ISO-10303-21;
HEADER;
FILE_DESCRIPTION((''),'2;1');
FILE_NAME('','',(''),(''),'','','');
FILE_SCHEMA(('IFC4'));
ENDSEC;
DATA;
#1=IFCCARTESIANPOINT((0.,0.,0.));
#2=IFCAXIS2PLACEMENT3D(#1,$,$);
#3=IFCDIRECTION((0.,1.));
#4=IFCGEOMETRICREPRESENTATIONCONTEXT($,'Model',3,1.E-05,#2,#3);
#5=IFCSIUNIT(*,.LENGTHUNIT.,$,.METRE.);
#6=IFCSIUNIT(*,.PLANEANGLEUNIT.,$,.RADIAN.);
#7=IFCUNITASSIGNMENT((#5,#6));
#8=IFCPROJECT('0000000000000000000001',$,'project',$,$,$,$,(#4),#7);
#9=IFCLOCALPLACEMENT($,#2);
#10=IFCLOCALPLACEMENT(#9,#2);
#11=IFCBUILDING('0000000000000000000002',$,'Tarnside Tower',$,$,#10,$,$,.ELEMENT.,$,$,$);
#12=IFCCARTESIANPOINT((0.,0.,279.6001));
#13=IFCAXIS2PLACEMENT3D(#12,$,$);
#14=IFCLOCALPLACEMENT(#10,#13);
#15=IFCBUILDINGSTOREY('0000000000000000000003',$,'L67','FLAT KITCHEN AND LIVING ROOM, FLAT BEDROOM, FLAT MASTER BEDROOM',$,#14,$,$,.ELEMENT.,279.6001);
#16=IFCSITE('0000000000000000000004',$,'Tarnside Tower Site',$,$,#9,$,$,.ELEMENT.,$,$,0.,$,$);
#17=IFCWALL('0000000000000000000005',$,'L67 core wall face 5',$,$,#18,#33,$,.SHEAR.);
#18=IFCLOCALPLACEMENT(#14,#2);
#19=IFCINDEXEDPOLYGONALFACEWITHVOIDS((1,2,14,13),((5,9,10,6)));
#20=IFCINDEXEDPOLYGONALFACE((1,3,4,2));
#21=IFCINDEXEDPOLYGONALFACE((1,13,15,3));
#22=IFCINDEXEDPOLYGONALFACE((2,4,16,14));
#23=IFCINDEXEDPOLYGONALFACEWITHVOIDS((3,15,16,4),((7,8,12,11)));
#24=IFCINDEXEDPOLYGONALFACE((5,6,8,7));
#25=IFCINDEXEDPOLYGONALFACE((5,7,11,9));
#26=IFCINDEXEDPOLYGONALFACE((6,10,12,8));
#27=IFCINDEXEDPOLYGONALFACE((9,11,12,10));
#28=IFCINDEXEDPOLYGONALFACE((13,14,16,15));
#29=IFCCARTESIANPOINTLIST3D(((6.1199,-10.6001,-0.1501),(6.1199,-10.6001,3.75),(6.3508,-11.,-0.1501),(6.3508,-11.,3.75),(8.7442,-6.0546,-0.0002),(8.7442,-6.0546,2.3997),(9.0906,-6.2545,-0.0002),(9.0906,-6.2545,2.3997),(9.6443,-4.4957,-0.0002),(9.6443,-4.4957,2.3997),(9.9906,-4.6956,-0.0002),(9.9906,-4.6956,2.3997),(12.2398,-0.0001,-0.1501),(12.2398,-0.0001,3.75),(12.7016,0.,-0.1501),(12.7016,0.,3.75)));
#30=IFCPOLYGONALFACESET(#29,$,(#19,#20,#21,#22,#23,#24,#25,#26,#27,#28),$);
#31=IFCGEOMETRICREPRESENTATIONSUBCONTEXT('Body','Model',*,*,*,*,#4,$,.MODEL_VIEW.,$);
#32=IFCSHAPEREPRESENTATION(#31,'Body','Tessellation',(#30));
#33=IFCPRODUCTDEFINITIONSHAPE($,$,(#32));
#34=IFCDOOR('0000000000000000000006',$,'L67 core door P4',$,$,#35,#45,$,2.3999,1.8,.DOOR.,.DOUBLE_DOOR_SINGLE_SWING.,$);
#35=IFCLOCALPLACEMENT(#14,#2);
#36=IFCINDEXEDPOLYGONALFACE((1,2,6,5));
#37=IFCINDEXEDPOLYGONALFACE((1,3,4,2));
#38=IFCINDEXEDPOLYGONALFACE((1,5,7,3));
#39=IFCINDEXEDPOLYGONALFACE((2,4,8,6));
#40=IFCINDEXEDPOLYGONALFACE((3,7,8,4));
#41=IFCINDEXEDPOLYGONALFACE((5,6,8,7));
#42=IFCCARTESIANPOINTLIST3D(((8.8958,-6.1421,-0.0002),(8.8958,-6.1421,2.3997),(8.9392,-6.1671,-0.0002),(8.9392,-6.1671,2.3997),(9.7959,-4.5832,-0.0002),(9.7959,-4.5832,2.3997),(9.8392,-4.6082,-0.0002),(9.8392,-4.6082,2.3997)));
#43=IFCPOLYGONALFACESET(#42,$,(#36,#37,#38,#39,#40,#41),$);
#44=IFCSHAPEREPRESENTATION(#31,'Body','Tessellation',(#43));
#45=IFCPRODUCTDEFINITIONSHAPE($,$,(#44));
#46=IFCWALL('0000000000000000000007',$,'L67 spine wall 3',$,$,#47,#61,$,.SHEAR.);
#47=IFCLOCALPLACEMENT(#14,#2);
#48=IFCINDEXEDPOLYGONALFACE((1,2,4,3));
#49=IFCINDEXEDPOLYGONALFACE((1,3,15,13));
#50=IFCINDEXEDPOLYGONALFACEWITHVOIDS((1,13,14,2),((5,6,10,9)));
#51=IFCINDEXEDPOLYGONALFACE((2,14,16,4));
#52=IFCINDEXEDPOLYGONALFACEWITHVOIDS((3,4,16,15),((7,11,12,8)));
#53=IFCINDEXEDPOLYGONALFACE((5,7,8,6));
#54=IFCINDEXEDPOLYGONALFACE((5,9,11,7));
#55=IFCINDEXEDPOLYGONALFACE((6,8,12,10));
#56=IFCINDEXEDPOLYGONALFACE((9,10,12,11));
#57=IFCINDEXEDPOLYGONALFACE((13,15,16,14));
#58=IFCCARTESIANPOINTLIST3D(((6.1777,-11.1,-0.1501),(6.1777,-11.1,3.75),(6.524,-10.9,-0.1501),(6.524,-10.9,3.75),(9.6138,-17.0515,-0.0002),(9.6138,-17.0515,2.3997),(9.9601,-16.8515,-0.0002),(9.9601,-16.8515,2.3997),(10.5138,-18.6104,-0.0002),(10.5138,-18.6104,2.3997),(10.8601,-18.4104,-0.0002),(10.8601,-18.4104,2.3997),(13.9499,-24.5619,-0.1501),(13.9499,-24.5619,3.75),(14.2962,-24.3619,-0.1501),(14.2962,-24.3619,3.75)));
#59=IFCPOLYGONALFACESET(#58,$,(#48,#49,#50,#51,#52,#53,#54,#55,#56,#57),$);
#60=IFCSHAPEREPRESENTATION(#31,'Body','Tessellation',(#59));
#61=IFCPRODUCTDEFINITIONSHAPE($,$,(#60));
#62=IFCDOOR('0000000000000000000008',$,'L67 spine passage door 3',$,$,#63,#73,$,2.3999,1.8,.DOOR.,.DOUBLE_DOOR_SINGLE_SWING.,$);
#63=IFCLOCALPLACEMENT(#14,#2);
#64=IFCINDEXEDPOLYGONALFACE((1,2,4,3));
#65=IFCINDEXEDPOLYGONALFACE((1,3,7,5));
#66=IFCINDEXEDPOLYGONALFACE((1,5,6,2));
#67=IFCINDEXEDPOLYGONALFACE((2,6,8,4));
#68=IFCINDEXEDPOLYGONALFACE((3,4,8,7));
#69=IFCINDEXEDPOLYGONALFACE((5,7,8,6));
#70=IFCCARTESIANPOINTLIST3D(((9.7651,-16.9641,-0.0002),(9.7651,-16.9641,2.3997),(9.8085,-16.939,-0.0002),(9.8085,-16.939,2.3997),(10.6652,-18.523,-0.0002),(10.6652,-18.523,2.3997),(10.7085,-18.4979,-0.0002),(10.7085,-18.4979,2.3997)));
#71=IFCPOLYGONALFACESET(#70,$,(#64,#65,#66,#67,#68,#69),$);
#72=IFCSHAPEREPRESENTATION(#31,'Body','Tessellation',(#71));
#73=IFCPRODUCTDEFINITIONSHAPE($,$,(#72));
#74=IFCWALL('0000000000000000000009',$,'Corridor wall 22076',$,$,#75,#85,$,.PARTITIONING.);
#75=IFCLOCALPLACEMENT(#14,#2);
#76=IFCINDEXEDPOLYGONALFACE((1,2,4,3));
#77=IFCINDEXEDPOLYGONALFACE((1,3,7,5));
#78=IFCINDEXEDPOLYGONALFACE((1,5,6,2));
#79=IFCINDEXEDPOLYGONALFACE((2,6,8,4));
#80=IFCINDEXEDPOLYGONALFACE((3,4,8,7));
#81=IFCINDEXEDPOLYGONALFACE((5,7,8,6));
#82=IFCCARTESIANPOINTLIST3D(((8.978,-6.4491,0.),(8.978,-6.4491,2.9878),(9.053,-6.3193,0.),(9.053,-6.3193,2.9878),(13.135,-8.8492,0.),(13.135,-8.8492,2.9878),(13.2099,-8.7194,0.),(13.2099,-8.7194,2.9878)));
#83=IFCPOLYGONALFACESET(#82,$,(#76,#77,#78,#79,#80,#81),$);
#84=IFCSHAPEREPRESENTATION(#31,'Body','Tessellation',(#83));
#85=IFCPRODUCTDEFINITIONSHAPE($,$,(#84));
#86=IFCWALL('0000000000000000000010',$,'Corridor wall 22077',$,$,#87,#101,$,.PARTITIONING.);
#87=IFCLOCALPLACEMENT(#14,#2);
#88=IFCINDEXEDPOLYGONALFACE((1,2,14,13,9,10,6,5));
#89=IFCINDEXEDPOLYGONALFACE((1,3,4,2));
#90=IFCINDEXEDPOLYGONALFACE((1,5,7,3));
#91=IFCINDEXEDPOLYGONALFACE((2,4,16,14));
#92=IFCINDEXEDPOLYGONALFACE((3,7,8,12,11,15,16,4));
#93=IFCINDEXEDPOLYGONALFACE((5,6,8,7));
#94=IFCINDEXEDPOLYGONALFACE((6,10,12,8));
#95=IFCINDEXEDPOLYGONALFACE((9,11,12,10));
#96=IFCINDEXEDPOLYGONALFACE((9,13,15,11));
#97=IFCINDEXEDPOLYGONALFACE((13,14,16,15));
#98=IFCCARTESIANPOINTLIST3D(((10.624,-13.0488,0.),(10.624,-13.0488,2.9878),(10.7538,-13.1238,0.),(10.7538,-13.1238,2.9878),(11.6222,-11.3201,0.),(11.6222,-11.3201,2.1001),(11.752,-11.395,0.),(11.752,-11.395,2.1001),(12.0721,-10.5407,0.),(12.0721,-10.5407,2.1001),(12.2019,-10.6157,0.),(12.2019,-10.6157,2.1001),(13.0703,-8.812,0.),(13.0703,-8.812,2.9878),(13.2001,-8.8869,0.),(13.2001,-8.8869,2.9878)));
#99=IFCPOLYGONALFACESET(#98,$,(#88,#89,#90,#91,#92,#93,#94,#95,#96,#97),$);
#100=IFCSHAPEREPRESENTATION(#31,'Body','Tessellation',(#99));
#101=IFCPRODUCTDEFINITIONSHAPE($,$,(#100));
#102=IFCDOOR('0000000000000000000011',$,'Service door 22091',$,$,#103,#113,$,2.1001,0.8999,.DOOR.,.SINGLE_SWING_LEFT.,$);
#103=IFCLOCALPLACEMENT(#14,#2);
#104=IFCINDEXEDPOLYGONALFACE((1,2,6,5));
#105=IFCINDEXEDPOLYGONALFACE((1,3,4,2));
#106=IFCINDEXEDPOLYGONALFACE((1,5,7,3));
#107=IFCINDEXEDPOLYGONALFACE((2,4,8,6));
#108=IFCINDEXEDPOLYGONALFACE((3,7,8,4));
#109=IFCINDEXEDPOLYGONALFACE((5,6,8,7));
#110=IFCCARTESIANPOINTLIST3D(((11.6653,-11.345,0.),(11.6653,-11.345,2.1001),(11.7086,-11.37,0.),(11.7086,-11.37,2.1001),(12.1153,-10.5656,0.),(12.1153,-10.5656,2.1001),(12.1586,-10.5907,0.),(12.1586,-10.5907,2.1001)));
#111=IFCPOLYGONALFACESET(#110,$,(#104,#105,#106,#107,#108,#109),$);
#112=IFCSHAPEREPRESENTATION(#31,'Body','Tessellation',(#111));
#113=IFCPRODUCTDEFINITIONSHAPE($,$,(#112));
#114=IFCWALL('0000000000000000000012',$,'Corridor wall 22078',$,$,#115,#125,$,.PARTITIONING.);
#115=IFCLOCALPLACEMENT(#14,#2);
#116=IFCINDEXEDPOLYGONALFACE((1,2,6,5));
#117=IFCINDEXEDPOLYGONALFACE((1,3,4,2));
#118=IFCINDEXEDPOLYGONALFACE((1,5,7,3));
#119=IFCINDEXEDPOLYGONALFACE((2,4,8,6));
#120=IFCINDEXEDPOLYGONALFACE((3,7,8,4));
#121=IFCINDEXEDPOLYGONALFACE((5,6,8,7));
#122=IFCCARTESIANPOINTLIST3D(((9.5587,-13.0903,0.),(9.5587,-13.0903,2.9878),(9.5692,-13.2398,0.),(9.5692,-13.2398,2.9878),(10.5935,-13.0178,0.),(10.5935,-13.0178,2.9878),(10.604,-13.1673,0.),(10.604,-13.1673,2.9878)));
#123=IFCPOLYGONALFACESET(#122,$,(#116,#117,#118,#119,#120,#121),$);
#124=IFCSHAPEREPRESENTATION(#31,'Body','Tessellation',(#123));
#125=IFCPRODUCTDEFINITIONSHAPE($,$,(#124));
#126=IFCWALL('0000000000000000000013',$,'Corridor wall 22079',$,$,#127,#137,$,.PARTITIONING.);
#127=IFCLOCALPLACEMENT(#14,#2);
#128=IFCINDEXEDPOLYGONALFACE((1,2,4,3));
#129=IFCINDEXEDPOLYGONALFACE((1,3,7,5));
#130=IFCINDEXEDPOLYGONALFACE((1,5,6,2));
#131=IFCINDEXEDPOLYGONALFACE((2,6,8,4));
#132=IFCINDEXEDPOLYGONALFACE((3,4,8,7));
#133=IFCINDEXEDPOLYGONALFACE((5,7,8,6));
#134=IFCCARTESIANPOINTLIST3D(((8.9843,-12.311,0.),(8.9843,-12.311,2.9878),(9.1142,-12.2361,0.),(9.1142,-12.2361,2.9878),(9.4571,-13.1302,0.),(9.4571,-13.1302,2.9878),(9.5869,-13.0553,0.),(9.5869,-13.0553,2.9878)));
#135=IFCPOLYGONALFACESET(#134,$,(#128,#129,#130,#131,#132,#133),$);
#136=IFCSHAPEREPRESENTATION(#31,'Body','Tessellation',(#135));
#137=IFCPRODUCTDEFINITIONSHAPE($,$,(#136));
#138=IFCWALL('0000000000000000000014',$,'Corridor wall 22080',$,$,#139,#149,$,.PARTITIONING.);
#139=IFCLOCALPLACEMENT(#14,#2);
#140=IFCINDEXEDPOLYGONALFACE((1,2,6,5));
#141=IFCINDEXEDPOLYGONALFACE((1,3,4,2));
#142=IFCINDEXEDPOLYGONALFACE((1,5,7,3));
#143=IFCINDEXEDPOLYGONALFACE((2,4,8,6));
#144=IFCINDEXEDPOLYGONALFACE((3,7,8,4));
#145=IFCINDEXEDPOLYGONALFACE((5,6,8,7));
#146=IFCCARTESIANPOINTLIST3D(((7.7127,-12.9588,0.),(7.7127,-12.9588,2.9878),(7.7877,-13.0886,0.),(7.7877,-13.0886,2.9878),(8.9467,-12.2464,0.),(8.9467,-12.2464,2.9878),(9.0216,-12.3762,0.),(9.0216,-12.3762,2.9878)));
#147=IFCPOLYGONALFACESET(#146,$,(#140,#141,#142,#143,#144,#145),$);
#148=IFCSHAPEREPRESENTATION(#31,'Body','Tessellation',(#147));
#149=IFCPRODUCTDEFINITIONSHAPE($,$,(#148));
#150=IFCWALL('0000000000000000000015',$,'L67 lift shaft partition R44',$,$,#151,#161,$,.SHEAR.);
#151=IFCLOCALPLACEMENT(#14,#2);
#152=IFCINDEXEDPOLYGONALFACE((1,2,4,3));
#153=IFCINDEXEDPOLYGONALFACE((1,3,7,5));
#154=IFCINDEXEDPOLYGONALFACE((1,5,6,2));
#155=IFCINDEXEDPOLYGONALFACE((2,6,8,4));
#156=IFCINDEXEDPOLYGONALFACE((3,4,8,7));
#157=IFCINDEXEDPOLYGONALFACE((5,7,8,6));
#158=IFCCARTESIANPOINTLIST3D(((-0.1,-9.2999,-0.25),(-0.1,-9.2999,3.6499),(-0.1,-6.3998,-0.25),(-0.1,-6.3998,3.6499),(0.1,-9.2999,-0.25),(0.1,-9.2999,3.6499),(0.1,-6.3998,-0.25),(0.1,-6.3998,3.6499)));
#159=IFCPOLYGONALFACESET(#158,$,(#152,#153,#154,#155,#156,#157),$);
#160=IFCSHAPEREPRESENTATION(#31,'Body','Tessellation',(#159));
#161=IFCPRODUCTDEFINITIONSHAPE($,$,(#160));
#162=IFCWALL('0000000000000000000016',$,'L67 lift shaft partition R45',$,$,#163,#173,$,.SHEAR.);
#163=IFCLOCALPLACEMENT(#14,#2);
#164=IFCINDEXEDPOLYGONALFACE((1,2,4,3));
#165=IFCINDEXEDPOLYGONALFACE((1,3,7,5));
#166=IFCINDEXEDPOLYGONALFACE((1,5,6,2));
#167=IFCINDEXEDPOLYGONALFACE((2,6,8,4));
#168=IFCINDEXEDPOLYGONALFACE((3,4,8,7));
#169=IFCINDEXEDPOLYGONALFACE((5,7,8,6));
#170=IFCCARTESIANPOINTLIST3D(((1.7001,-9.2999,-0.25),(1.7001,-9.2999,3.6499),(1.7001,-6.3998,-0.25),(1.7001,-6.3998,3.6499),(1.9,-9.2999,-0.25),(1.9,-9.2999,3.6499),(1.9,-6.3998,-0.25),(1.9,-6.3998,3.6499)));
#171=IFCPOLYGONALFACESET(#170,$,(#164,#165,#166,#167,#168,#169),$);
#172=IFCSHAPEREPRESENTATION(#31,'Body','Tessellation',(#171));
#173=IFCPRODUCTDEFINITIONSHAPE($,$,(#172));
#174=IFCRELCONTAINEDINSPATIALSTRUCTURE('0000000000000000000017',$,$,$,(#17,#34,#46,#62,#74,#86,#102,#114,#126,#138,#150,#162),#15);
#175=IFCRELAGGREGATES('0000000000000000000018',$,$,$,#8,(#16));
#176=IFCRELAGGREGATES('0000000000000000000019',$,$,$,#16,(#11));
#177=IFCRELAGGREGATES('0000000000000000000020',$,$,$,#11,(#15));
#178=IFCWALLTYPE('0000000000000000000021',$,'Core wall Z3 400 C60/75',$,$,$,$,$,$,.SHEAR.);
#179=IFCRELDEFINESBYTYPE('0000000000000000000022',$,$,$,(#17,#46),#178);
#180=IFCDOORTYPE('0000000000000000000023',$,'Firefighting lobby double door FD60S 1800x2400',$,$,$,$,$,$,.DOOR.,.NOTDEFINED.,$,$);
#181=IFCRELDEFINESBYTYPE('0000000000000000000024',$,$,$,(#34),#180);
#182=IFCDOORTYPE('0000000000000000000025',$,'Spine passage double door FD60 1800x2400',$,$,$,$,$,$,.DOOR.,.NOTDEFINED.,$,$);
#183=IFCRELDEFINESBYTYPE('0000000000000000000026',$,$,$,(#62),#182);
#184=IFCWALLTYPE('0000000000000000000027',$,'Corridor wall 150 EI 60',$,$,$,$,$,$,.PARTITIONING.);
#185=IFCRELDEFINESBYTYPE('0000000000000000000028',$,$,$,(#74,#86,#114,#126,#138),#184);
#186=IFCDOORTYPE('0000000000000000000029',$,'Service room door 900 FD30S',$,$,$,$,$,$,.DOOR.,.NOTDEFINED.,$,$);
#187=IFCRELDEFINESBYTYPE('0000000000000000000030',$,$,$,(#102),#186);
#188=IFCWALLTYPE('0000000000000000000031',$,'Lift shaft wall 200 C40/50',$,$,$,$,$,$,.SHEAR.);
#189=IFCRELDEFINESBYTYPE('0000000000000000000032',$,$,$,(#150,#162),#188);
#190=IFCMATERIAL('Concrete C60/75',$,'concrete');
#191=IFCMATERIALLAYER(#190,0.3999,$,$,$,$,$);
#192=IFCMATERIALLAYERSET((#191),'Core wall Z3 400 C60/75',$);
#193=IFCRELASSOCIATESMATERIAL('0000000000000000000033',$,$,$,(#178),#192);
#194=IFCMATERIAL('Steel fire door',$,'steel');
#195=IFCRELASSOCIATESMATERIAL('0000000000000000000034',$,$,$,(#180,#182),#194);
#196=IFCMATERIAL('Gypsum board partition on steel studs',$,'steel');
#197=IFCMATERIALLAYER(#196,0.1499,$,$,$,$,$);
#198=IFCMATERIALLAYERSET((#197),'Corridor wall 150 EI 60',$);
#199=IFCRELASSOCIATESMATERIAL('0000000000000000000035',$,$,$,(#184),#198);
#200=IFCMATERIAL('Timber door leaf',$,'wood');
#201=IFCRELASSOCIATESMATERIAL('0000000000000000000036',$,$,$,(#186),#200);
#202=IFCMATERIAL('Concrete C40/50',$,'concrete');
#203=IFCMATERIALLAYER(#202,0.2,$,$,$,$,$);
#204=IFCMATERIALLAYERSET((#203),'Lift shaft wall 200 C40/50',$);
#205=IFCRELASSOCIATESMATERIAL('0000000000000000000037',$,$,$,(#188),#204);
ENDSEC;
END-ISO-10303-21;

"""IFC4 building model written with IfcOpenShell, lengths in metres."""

from ifc_helpers import new_model, si_unit, direction, frame, frame_2d, origin, place, context, subcontext, project, spatial, polyline, rectangle, outline, extrude, material, layer, layer_set, type_object, element, fill, save


model = new_model("IFC4")

# Units and contexts
model_context = context("Model", 3, precision=1e-05, world=origin(), true_north=direction((0.0, 1.0)))
body_context = subcontext(model_context, "Body", "Model", "MODEL_VIEW")
ifc_project = project(units=[si_unit("LENGTHUNIT", "METRE"), si_unit("PLANEANGLEUNIT", "RADIAN")], contexts=[model_context])

# Site, building, storey
site_placement = place(None, origin())
site = spatial("IfcSite", under=ifc_project, at=site_placement, Name="Tarnside Tower Site", CompositionType="ELEMENT", RefElevation=0.0)
building_placement = place(site_placement, origin())
building = spatial("IfcBuilding", under=site, at=building_placement, Name="Tarnside Tower", CompositionType="ELEMENT")
storey_placement = place(building_placement, frame((0.0, 0.0, 279.6001)))
storey = spatial("IfcBuildingStorey", under=building, at=storey_placement, Name="L67", Description="FLAT KITCHEN AND LIVING ROOM, FLAT BEDROOM, FLAT MASTER BEDROOM", CompositionType="ELEMENT", Elevation=279.6001)

# Shared definitions
ifc_material_1 = material(Name="Concrete C40/50", Category="concrete")

# Shared definitions
ifc_material_2 = material(Name="Gypsum board partition on steel studs", Category="steel")

# Shared definitions
ifc_material_3 = material(Name="Steel fire door", Category="steel")

# Walls, openings, doors
ifc_material_4 = material(Name="Concrete C60/75", Category="concrete")
ifc_layer_1 = layer(ifc_material_4, 0.3999)
ifc_layer_set_1 = layer_set([ifc_layer_1], Name="Core wall Z3 400 C60/75")
wall_type_1 = type_object("IfcWallType", Name="Core wall Z3 400 C60/75", PredefinedType="SHEAR", material=ifc_layer_set_1)
wall_1_placement = place(storey_placement, frame((6.2354, -10.8, -0.1501), z_axis=(0.0, 0.0, 1.0), x_axis=(0.499996, 0.866027, 0.0)))
wall_1 = element("IfcWall", 1, at=wall_1_placement, inside=storey, type_object=wall_type_1, Name="L67 core wall face 5", PredefinedType="SHEAR", context=body_context, shape_type="SweptSolid", body=[
    extrude(outline(polyline([(-0.1155, -0.2), (12.5862, -0.2), (12.3552, 0.2), (0.1155, 0.2), (-0.1155, -0.2)])), origin(), (0.0, 0.0, 1.0), 3.9001),
])
opening_1_placement = place(wall_1_placement, frame((5.3643, 0.0, 0.1499)))
opening_1 = element("IfcOpeningElement", 2, at=opening_1_placement, cuts=wall_1, PredefinedType="OPENING", context=body_context, shape_type="SweptSolid", body=[
    extrude(rectangle(XDim=1.8, YDim=2.3999, at=frame_2d((0.8999, 1.2))), frame((0.0, 0.21, 0.0), z_axis=(0.0, -1.0, 0.0), x_axis=(1.0, 0.0, 0.0)), (0.0, 0.0, 1.0), 0.4199),
])
door_type_1 = type_object("IfcDoorType", Name="Firefighting lobby double door FD60S 1800x2400", OperationType="NOTDEFINED", PredefinedType="DOOR", material=ifc_material_3)
door_1_placement = place(opening_1_placement, origin())
door_1 = element("IfcDoor", 3, at=door_1_placement, inside=storey, type_object=door_type_1, Name="L67 core door P4", OperationType="DOUBLE_DOOR_SINGLE_SWING", OverallHeight=2.3999, OverallWidth=1.8, PredefinedType="DOOR", context=body_context, shape_type="SweptSolid", body=[
    extrude(rectangle(XDim=1.8, YDim=2.3999, at=frame_2d((0.8999, 1.2))), frame((0.0, 0.0249, 0.0), z_axis=(0.0, -1.0, 0.0), x_axis=(1.0, 0.0, 0.0)), (0.0, 0.0, 1.0), 0.05),
])
fill(opening_1, door_1)
wall_2_placement = place(storey_placement, frame((6.3508, -11.0, -0.1501), z_axis=(0.0, 0.0, 1.0), x_axis=(0.499999, -0.866026, 0.0)))
wall_2 = element("IfcWall", 4, at=wall_2_placement, inside=storey, type_object=wall_type_1, Name="L67 spine wall 3", PredefinedType="SHEAR", context=body_context, shape_type="SweptSolid", body=[
    extrude(rectangle(XDim=15.5444, YDim=0.3999, at=frame_2d((7.7722, 0.0))), origin(), (0.0, 0.0, 1.0), 3.9001),
])
opening_2_placement = place(wall_2_placement, frame((6.8723, 0.0, 0.1499)))
opening_2 = element("IfcOpeningElement", 5, at=opening_2_placement, cuts=wall_2, PredefinedType="OPENING", context=body_context, shape_type="SweptSolid", body=[
    extrude(rectangle(XDim=1.8, YDim=2.3999, at=frame_2d((0.8999, 1.2))), frame((0.0, 0.21, 0.0), z_axis=(0.0, -1.0, 0.0), x_axis=(1.0, 0.0, 0.0)), (0.0, 0.0, 1.0), 0.4199),
])
door_type_2 = type_object("IfcDoorType", Name="Spine passage double door FD60 1800x2400", OperationType="NOTDEFINED", PredefinedType="DOOR", material=ifc_material_3)
door_2_placement = place(opening_2_placement, origin())
door_2 = element("IfcDoor", 6, at=door_2_placement, inside=storey, type_object=door_type_2, Name="L67 spine passage door 3", OperationType="DOUBLE_DOOR_SINGLE_SWING", OverallHeight=2.3999, OverallWidth=1.8, PredefinedType="DOOR", context=body_context, shape_type="SweptSolid", body=[
    extrude(rectangle(XDim=1.8, YDim=2.3999, at=frame_2d((0.8999, 1.2))), frame((0.0, 0.0249, 0.0), z_axis=(0.0, -1.0, 0.0), x_axis=(1.0, 0.0, 0.0)), (0.0, 0.0, 1.0), 0.05),
])
fill(opening_2, door_2)

# Wall
ifc_layer_2 = layer(ifc_material_2, 0.1499)
ifc_layer_set_2 = layer_set([ifc_layer_2], Name="Corridor wall 150 EI 60")
wall_type_2 = type_object("IfcWallType", Name="Corridor wall 150 EI 60", PredefinedType="PARTITIONING", material=ifc_layer_set_2)
wall_3_placement = place(storey_placement, frame((9.0156, -6.3843, 0.0), z_axis=(0.0, 0.0, 1.0), x_axis=(0.866015, -0.500017, 0.0)))
element("IfcWall", 7, at=wall_3_placement, inside=storey, type_object=wall_type_2, Name="Corridor wall 22076", PredefinedType="PARTITIONING", context=body_context, shape_type="SweptSolid", body=[
    extrude(rectangle(XDim=4.8, YDim=0.1499, at=frame_2d((2.3999, 0.0))), origin(), (0.0, 0.0, 1.0), 2.9878),
])

# Wall, opening, door
wall_4_placement = place(storey_placement, frame((13.1353, -8.8494, 0.0), z_axis=(0.0, 0.0, 1.0), x_axis=(-0.500025, -0.866011, 0.0)))
wall_4 = element("IfcWall", 8, at=wall_4_placement, inside=storey, type_object=wall_type_2, Name="Corridor wall 22077", PredefinedType="PARTITIONING", context=body_context, shape_type="SweptSolid", body=[
    extrude(rectangle(XDim=4.8923, YDim=0.1499, at=frame_2d((2.4463, 0.0))), origin(), (0.0, 0.0, 1.0), 2.9878),
])
opening_3_placement = place(wall_4_placement, frame((1.9963, 0.0, 0.0)))
opening_3 = element("IfcOpeningElement", 9, at=opening_3_placement, cuts=wall_4, PredefinedType="OPENING", context=body_context, shape_type="SweptSolid", body=[
    extrude(rectangle(XDim=0.8999, YDim=2.1001, at=frame_2d((0.45, 1.05))), frame((0.0, 0.085, 0.0), z_axis=(0.0, -1.0, 0.0), x_axis=(1.0, 0.0, 0.0)), (0.0, 0.0, 1.0), 0.1699),
])
ifc_material_5 = material(Name="Timber door leaf", Category="wood")
door_type_3 = type_object("IfcDoorType", Name="Service room door 900 FD30S", OperationType="NOTDEFINED", PredefinedType="DOOR", material=ifc_material_5)
door_3_placement = place(opening_3_placement, origin())
door_3 = element("IfcDoor", 10, at=door_3_placement, inside=storey, type_object=door_type_3, Name="Service door 22091", OperationType="SINGLE_SWING_LEFT", OverallHeight=2.1001, OverallWidth=0.8999, PredefinedType="DOOR", context=body_context, shape_type="SweptSolid", body=[
    extrude(rectangle(XDim=0.8999, YDim=2.1001, at=frame_2d((0.45, 1.05))), frame((0.0, 0.0249, 0.0), z_axis=(0.0, -1.0, 0.0), x_axis=(1.0, 0.0, 0.0)), (0.0, 0.0, 1.0), 0.05),
])
fill(opening_3, door_3)

# Walls
wall_5_placement = place(storey_placement, frame((10.5986, -13.0925, 0.0), z_axis=(0.0, 0.0, 1.0), x_axis=(-0.997555, -0.069892, 0.0)))
element("IfcWall", 11, at=wall_5_placement, inside=storey, type_object=wall_type_2, Name="Corridor wall 22078", PredefinedType="PARTITIONING", context=body_context, shape_type="SweptSolid", body=[
    extrude(rectangle(XDim=1.0374, YDim=0.1499, at=frame_2d((0.5186, 0.0))), origin(), (0.0, 0.0, 1.0), 2.9878),
])
wall_6_placement = place(storey_placement, frame((9.522, -13.0928, 0.0), z_axis=(0.0, 0.0, 1.0), x_axis=(-0.499804, 0.866138, 0.0)))
element("IfcWall", 12, at=wall_6_placement, inside=storey, type_object=wall_type_2, Name="Corridor wall 22079", PredefinedType="PARTITIONING", context=body_context, shape_type="SweptSolid", body=[
    extrude(rectangle(XDim=0.9458, YDim=0.1499, at=frame_2d((0.4729, 0.0))), origin(), (0.0, 0.0, 1.0), 2.9878),
])
wall_7_placement = place(storey_placement, frame((8.9841, -12.3113, 0.0), z_axis=(0.0, 0.0, 1.0), x_axis=(-0.86602, -0.500009, 0.0)))
element("IfcWall", 13, at=wall_7_placement, inside=storey, type_object=wall_type_2, Name="Corridor wall 22080", PredefinedType="PARTITIONING", context=body_context, shape_type="SweptSolid", body=[
    extrude(rectangle(XDim=1.4248, YDim=0.1499, at=frame_2d((0.7124, 0.0))), origin(), (0.0, 0.0, 1.0), 2.9878),
])
ifc_layer_3 = layer(ifc_material_1, 0.2)
ifc_layer_set_3 = layer_set([ifc_layer_3], Name="Lift shaft wall 200 C40/50")
wall_type_3 = type_object("IfcWallType", Name="Lift shaft wall 200 C40/50", PredefinedType="SHEAR", material=ifc_layer_set_3)
for number, where, z_axis, x_axis, name in (
    (14, (0.0, -9.3, -0.25), (0.0, 0.0, 1.0), (0.0, 1.0, 0.0), "L67 lift shaft partition R44"),
    (15, (1.8, -9.3, -0.25), (0.0, 0.0, 1.0), (0.0, 1.0, 0.0), "L67 lift shaft partition R45"),
):
    element("IfcWall", number, at=place(storey_placement, frame(where, z_axis=z_axis, x_axis=x_axis)), inside=storey, type_object=wall_type_3, Name=name, PredefinedType="SHEAR", context=body_context, shape_type="SweptSolid", body=[
        extrude(rectangle(XDim=2.9001, YDim=0.2, at=frame_2d((1.4502, 0.0))), origin(), (0.0, 0.0, 1.0), 3.8999),
    ])

save(model, "model.ifc")
